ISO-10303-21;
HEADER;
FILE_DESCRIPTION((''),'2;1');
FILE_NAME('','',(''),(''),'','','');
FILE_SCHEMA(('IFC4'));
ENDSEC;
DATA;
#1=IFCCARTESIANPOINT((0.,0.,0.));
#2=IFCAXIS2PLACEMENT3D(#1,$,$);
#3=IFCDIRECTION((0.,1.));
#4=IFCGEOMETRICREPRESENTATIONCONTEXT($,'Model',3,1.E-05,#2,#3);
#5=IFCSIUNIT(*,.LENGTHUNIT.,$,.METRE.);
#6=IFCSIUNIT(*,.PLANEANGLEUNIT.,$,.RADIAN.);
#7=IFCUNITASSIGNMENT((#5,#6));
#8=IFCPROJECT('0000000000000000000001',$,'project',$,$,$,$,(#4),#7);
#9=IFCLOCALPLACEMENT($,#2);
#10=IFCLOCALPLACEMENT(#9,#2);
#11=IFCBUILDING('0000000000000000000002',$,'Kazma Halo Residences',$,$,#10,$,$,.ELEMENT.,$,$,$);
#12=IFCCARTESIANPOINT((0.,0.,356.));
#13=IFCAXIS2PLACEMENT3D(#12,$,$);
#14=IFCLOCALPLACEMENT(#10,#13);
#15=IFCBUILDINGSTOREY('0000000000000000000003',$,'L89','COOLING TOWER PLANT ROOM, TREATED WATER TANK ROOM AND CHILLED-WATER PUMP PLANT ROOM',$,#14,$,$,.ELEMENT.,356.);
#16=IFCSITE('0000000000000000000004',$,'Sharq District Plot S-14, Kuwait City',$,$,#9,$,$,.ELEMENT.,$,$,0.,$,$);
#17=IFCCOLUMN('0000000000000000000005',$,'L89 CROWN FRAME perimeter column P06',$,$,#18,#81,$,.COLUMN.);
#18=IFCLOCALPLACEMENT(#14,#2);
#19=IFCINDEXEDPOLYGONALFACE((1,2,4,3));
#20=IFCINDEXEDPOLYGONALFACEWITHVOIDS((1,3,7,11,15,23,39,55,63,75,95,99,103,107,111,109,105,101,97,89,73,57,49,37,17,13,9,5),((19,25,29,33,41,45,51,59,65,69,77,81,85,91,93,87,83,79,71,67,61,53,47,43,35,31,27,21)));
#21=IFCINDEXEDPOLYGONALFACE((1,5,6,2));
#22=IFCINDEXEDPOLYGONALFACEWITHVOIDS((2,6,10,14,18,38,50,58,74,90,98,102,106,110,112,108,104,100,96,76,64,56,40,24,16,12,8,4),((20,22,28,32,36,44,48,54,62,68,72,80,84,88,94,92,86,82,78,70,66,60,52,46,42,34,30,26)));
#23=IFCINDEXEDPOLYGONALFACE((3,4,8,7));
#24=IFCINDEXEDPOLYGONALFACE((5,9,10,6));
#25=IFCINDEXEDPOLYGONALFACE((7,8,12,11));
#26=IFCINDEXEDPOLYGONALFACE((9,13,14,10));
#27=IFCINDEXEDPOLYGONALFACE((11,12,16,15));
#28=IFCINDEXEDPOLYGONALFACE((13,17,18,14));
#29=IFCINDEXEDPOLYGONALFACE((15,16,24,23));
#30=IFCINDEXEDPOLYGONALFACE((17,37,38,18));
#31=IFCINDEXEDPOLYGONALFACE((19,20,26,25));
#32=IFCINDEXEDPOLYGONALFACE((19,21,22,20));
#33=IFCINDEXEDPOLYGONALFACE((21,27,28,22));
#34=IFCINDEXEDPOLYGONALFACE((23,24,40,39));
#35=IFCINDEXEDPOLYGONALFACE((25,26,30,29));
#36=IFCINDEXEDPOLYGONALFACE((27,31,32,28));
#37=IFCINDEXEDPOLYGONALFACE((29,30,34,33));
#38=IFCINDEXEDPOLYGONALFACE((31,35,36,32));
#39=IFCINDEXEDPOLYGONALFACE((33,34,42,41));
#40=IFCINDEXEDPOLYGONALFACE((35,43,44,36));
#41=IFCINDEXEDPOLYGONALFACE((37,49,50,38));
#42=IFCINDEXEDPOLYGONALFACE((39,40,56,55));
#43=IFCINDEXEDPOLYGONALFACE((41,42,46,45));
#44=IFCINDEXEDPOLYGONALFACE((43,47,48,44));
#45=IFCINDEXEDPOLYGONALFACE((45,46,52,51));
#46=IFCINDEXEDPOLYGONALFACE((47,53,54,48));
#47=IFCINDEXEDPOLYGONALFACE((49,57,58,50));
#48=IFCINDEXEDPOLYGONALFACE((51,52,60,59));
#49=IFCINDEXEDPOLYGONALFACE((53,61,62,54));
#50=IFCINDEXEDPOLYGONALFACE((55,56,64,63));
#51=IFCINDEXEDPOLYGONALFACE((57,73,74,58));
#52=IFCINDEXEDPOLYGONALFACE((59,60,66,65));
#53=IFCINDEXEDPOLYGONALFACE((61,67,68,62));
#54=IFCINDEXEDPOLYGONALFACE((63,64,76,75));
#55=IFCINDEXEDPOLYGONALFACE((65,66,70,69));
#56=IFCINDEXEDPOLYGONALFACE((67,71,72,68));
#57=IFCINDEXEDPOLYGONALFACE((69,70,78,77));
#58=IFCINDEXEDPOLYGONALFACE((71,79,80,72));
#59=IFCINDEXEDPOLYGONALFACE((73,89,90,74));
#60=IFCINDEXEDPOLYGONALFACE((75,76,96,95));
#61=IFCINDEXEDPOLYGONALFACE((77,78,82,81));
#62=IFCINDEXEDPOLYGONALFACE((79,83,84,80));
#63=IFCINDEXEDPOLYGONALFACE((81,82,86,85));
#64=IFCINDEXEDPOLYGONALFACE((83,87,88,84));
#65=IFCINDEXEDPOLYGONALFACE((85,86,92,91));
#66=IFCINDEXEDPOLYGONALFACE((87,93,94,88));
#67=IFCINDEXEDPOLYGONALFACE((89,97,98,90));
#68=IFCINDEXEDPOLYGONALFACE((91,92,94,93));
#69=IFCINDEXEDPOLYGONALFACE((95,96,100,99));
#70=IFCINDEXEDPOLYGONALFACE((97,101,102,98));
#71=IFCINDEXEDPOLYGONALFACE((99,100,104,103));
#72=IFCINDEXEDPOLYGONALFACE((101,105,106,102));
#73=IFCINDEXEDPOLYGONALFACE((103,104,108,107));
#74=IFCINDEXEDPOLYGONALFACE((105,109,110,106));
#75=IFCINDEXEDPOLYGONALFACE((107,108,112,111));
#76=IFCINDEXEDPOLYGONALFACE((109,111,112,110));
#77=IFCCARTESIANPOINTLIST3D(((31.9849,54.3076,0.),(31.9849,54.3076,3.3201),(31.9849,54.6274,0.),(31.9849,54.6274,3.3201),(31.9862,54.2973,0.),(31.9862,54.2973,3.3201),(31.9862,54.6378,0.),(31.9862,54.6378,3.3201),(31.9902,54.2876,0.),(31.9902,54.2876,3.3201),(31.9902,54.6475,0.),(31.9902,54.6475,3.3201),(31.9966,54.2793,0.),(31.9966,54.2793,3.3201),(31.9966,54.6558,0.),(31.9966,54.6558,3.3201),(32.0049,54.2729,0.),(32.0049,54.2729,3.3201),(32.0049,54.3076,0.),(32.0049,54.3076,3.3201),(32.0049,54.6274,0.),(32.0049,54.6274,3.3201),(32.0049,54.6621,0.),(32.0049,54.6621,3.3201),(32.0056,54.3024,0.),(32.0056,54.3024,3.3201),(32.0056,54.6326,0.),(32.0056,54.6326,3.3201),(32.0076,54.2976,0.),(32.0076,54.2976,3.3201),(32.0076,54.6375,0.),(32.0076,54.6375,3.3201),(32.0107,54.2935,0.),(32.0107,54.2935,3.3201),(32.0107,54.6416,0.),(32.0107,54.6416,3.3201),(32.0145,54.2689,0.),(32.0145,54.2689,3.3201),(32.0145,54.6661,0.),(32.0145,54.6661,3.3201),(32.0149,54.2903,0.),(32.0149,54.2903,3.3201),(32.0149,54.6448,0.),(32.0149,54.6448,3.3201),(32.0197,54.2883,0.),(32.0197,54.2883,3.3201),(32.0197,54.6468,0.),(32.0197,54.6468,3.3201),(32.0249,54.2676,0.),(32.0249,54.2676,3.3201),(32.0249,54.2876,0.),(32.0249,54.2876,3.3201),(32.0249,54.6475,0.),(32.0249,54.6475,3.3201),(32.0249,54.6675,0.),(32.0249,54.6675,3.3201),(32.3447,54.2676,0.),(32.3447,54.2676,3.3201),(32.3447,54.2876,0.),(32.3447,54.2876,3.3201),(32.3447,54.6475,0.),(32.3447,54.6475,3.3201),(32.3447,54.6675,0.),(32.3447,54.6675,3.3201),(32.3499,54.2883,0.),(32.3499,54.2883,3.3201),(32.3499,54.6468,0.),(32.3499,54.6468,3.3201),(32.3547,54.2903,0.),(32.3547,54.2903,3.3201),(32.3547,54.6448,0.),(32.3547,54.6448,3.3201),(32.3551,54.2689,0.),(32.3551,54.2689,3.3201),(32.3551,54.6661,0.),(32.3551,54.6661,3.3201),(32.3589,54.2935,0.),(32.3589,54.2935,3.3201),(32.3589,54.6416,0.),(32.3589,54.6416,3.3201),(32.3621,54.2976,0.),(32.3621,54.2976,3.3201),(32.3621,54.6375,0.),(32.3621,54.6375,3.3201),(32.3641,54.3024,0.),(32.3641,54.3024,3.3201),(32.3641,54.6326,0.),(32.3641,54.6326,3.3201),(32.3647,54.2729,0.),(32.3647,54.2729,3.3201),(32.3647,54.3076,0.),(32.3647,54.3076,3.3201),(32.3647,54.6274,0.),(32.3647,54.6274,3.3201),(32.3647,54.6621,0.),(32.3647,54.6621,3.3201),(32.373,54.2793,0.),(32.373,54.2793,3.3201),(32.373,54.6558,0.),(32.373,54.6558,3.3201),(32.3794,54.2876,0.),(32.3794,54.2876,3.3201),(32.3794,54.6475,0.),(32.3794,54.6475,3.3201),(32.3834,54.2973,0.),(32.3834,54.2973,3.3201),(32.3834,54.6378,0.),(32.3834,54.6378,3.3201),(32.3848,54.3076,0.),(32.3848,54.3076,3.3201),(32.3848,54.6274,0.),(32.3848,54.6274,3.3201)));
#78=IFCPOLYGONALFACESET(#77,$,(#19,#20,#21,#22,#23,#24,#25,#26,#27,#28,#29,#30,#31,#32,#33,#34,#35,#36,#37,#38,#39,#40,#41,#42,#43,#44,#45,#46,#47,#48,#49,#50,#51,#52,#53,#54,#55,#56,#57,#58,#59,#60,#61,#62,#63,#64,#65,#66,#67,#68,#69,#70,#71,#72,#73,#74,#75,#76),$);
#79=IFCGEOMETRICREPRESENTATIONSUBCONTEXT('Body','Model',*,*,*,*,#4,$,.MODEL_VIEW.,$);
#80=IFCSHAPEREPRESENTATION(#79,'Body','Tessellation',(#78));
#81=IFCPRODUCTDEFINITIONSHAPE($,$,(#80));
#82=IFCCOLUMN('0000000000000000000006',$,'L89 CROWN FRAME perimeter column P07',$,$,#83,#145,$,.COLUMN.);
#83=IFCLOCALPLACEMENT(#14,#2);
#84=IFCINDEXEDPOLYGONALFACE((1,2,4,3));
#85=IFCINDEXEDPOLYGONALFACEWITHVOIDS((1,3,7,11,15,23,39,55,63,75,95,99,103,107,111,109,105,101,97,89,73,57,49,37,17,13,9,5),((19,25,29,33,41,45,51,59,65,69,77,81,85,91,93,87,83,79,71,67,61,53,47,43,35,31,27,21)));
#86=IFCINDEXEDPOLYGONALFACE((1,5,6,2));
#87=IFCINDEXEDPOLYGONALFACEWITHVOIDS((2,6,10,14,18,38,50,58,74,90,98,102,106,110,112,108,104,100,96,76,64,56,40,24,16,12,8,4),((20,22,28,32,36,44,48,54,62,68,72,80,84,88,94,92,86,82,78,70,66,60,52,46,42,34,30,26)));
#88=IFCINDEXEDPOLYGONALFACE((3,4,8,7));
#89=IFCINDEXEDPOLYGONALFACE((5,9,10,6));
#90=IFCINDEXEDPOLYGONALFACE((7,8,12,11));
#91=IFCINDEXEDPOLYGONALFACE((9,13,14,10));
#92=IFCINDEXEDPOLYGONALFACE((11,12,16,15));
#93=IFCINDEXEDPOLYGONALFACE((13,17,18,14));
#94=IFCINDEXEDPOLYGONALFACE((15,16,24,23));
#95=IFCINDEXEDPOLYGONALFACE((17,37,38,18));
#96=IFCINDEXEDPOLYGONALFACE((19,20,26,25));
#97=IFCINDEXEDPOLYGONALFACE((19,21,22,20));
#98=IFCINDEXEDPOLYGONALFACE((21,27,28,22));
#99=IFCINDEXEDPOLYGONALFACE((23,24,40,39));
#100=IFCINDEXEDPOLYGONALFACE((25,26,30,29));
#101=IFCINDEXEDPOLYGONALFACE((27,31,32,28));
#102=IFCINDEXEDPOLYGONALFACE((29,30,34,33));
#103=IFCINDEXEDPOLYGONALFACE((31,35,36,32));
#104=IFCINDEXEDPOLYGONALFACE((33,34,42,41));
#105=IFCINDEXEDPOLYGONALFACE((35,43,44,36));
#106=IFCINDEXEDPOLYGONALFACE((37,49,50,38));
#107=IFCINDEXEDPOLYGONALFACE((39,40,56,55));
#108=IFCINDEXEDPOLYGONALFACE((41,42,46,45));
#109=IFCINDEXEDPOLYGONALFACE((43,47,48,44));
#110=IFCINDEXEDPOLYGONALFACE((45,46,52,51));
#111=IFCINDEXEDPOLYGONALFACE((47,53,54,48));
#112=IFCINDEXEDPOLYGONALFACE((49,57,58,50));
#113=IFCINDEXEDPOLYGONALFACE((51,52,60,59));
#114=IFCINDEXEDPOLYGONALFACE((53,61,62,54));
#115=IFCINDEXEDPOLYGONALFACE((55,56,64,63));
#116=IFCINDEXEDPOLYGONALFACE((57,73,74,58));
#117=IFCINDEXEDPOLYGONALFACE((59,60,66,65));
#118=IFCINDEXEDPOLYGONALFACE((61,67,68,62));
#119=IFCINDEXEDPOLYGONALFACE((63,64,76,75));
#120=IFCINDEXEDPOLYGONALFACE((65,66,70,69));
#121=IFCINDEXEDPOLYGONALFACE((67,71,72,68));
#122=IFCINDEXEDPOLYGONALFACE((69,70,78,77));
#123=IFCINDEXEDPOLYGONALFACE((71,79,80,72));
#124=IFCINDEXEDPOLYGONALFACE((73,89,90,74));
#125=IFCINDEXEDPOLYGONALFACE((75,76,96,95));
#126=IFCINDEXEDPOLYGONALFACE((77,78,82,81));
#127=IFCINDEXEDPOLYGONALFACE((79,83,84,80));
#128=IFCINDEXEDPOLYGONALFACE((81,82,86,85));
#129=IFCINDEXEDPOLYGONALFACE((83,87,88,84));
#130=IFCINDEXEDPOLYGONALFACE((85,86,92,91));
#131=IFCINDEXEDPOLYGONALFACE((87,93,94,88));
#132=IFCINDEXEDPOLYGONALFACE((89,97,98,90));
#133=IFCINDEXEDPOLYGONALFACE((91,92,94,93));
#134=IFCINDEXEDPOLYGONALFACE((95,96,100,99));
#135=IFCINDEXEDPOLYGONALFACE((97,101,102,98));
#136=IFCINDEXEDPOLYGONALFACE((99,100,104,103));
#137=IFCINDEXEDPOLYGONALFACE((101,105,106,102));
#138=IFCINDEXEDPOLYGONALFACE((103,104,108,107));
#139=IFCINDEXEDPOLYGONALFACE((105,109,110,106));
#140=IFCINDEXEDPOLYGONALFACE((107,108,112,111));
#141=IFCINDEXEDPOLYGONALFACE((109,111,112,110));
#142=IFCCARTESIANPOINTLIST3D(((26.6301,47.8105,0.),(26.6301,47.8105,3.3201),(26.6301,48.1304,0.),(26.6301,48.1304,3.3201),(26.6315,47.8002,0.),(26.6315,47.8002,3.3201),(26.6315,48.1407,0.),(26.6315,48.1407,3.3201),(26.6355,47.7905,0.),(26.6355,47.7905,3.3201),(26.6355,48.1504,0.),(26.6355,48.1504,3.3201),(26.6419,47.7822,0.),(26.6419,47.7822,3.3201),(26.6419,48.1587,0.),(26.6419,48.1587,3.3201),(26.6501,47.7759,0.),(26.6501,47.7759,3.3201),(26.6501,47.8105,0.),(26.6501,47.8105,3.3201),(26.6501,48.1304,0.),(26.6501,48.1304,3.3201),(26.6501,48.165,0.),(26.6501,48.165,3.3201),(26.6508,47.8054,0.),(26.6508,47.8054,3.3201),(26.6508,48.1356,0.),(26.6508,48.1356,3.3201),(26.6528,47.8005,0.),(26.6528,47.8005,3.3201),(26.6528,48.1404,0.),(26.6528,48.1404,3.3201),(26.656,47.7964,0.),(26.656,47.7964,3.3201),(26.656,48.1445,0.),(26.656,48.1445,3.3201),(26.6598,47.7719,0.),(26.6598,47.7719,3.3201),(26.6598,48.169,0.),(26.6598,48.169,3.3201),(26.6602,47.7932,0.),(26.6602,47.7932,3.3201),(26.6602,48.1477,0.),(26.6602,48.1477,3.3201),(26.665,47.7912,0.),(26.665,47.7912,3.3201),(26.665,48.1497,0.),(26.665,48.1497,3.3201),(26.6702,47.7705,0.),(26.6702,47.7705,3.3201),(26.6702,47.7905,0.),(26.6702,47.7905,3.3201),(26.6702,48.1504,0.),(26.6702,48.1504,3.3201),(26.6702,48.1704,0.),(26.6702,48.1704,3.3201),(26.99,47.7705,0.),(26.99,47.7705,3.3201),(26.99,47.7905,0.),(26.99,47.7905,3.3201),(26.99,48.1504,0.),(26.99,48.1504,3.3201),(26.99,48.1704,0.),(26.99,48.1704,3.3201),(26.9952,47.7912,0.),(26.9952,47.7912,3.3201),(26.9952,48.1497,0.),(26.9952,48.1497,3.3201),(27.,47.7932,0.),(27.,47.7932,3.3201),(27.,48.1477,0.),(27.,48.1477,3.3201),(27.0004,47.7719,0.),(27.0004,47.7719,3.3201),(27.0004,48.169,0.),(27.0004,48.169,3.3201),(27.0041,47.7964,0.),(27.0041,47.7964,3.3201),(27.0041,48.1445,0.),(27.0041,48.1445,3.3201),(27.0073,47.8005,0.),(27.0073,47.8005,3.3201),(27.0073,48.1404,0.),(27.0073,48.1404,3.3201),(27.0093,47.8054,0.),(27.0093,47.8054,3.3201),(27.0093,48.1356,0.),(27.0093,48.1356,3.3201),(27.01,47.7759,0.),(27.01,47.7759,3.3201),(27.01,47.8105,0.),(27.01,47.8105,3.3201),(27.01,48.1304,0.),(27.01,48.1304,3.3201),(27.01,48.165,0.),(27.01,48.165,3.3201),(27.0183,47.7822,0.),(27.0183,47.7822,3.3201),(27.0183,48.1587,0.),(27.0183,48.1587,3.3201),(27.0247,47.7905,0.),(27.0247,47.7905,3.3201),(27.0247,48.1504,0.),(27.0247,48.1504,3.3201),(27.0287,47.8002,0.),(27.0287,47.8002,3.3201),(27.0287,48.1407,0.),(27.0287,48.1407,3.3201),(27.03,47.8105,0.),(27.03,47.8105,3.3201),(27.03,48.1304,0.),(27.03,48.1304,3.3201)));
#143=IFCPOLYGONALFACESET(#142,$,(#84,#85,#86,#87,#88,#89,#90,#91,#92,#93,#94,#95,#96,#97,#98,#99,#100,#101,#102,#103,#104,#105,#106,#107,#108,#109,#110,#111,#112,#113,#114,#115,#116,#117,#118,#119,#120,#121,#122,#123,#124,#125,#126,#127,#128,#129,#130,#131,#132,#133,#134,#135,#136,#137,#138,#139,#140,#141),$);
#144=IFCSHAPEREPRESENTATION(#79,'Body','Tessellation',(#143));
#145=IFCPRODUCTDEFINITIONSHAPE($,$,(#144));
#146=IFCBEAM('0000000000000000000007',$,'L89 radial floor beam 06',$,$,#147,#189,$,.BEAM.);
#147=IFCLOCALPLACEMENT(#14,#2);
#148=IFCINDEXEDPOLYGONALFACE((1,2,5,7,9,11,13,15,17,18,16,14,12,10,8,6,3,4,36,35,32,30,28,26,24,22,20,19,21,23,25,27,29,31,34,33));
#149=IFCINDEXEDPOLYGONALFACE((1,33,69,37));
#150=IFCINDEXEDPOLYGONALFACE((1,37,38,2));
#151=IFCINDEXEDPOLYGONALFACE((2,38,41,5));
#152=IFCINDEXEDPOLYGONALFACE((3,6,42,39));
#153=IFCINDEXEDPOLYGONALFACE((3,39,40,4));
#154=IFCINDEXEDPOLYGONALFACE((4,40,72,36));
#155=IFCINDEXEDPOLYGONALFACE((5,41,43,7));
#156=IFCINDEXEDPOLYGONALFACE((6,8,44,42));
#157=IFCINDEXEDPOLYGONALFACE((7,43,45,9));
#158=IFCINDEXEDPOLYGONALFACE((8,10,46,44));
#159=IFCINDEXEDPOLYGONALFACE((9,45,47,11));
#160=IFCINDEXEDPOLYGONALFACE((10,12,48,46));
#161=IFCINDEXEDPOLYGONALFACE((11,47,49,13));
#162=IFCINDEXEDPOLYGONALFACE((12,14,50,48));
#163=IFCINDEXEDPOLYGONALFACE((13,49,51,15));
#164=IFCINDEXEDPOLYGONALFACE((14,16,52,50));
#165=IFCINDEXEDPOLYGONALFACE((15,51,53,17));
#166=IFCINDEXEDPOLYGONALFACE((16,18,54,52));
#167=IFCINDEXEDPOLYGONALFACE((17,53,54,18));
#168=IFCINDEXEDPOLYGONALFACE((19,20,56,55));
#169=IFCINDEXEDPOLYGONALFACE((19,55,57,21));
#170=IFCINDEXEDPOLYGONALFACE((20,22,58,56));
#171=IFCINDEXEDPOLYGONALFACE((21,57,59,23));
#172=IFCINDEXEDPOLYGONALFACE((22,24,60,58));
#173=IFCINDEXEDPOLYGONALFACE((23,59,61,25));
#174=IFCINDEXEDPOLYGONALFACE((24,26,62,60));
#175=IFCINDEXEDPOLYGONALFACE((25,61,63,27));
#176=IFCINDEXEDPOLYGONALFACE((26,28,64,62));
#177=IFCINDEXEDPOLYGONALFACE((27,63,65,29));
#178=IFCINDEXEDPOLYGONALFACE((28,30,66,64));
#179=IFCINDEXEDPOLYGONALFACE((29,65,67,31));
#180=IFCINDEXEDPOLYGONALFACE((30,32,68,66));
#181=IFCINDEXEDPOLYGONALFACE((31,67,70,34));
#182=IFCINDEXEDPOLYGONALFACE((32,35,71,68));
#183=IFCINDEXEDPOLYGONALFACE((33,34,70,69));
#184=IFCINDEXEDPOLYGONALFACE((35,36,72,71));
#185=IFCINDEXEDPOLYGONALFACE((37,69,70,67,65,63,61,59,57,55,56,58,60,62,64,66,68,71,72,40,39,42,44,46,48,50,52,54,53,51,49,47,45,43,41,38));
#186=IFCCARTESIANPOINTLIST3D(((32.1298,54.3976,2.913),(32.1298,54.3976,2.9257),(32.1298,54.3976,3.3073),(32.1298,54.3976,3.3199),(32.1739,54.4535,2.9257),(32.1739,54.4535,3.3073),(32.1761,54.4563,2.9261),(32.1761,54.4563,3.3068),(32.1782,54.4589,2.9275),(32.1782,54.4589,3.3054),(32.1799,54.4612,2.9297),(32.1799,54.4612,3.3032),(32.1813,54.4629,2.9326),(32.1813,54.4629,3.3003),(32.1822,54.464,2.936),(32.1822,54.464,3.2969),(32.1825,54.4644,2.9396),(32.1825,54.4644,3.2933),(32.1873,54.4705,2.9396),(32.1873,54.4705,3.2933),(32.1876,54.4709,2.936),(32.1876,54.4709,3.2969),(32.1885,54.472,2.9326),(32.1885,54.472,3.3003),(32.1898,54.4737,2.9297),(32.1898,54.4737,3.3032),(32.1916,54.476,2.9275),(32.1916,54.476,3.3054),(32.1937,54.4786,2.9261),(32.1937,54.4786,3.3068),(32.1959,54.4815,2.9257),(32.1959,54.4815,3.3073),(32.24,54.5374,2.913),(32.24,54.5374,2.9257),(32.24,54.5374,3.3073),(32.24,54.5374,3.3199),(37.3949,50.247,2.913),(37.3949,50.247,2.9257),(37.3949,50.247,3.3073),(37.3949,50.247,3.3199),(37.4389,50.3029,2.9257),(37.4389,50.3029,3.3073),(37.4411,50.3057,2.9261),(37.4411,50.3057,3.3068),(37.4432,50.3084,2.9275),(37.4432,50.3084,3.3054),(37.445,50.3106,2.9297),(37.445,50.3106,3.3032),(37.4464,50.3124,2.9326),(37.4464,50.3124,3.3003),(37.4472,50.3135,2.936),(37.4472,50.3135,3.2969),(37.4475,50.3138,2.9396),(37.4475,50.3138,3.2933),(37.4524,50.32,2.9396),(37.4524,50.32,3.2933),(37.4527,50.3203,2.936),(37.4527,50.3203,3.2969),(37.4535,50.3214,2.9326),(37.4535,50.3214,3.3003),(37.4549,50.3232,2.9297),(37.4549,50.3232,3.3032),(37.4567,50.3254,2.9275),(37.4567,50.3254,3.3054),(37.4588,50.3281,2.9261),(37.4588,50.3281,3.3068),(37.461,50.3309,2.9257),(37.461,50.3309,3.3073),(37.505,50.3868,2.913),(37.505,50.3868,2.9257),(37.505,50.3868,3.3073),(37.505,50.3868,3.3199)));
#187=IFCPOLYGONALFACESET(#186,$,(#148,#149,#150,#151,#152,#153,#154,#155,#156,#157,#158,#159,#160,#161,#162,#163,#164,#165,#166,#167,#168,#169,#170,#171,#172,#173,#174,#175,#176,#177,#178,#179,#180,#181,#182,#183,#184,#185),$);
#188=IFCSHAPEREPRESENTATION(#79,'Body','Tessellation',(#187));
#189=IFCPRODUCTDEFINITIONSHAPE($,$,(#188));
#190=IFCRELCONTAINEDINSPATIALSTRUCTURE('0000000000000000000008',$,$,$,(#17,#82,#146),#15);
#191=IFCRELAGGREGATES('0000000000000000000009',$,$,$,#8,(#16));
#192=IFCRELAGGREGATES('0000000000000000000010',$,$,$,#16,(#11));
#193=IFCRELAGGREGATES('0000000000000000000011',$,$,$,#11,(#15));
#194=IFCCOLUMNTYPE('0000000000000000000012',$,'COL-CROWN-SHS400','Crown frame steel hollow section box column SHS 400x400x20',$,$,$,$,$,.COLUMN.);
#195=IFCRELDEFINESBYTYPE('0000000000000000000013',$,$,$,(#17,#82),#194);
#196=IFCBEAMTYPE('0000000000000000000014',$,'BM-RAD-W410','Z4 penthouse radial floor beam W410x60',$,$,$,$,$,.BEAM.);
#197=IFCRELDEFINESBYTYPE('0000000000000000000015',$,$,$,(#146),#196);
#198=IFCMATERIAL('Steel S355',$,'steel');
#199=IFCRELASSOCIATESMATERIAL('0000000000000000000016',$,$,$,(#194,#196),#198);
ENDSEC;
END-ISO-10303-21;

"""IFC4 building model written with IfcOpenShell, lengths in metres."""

from ifc_helpers import new_model, si_unit, direction, frame, origin, origin_2d, place, context, subcontext, project, spatial, hollow_rectangle, i_section, extrude, material, material_profile, profile_set, type_object, element, save


model = new_model("IFC4")

# Units and contexts
model_context = context("Model", 3, precision=1e-05, world=origin(), true_north=direction((0.0, 1.0)))
body_context = subcontext(model_context, "Body", "Model", "MODEL_VIEW")
ifc_project = project(units=[si_unit("LENGTHUNIT", "METRE"), si_unit("PLANEANGLEUNIT", "RADIAN")], contexts=[model_context])

# Site, building, storey
site_placement = place(None, origin())
site = spatial("IfcSite", under=ifc_project, at=site_placement, Name="Sharq District Plot S-14, Kuwait City", CompositionType="ELEMENT", RefElevation=0.0)
building_placement = place(site_placement, origin())
building = spatial("IfcBuilding", under=site, at=building_placement, Name="Kazma Halo Residences", CompositionType="ELEMENT")
storey_placement = place(building_placement, frame((0.0, 0.0, 356.0)))
storey = spatial("IfcBuildingStorey", under=building, at=storey_placement, Name="L89", Description="COOLING TOWER PLANT ROOM, TREATED WATER TANK ROOM AND CHILLED-WATER PUMP PLANT ROOM", CompositionType="ELEMENT", Elevation=356.0)

# Columns
ifc_material_1 = material(Name="Steel S355", Category="steel")
ifc_material_profile_1 = material_profile(ifc_material_1, hollow_rectangle(XDim=0.3999, YDim=0.3999, WallThickness=0.02, InnerFilletRadius=0.02, OuterFilletRadius=0.04, at=origin_2d()), Name="SHS400x400x20")
ifc_profile_set_1 = profile_set([ifc_material_profile_1], Name="Steel S355")
column_type = type_object("IfcColumnType", Name="COL-CROWN-SHS400", Description="Crown frame steel hollow section box column SHS 400x400x20", PredefinedType="COLUMN", material=ifc_profile_set_1)
for number, where, z_axis, x_axis, name in (
    (1, (32.1848, 54.4675, 0.0), (0.0, 0.0, 1.0), (1.0, 0.0, 0.0), "L89 CROWN FRAME perimeter column P06"),
    (2, (26.8301, 47.9705, 0.0), (0.0, 0.0, 1.0), (1.0, 0.0, 0.0), "L89 CROWN FRAME perimeter column P07"),
):
    element("IfcColumn", number, at=place(storey_placement, frame(where, z_axis=z_axis, x_axis=x_axis)), inside=storey, type_object=column_type, Name=name, PredefinedType="COLUMN", context=body_context, shape_type="SweptSolid", body=[
        extrude(hollow_rectangle(XDim=0.3999, YDim=0.3999, WallThickness=0.02, InnerFilletRadius=0.02, OuterFilletRadius=0.04, at=origin_2d()), origin(), (0.0, 0.0, 1.0), 3.3201),
    ])

# Beam
ifc_material_profile_2 = material_profile(ifc_material_1, i_section(OverallWidth=0.178, OverallDepth=0.407, WebThickness=0.0078, FlangeThickness=0.0127, FilletRadius=0.0139, at=origin_2d()), Name="W410x60")
ifc_profile_set_2 = profile_set([ifc_material_profile_2], Name="Steel S355")
beam_type_1 = type_object("IfcBeamType", Name="BM-RAD-W410", Description="Z4 penthouse radial floor beam W410x60", PredefinedType="BEAM", material=ifc_profile_set_2)
beam_1_placement = place(storey_placement, frame((37.45, 50.3169, 3.1165), z_axis=(-0.785322, 0.619088, 0.0), x_axis=(-0.619088, -0.785322, 0.0)))
element("IfcBeam", 3, at=beam_1_placement, inside=storey, type_object=beam_type_1, Name="L89 radial floor beam 06", PredefinedType="BEAM", context=body_context, shape_type="SweptSolid", body=[
    extrude(i_section(OverallWidth=0.178, OverallDepth=0.407, WebThickness=0.0078, FlangeThickness=0.0127, FilletRadius=0.0139, at=origin_2d()), origin(), (0.0, 0.0, 1.0), 6.7043),
])

save(model, "model.ifc")
